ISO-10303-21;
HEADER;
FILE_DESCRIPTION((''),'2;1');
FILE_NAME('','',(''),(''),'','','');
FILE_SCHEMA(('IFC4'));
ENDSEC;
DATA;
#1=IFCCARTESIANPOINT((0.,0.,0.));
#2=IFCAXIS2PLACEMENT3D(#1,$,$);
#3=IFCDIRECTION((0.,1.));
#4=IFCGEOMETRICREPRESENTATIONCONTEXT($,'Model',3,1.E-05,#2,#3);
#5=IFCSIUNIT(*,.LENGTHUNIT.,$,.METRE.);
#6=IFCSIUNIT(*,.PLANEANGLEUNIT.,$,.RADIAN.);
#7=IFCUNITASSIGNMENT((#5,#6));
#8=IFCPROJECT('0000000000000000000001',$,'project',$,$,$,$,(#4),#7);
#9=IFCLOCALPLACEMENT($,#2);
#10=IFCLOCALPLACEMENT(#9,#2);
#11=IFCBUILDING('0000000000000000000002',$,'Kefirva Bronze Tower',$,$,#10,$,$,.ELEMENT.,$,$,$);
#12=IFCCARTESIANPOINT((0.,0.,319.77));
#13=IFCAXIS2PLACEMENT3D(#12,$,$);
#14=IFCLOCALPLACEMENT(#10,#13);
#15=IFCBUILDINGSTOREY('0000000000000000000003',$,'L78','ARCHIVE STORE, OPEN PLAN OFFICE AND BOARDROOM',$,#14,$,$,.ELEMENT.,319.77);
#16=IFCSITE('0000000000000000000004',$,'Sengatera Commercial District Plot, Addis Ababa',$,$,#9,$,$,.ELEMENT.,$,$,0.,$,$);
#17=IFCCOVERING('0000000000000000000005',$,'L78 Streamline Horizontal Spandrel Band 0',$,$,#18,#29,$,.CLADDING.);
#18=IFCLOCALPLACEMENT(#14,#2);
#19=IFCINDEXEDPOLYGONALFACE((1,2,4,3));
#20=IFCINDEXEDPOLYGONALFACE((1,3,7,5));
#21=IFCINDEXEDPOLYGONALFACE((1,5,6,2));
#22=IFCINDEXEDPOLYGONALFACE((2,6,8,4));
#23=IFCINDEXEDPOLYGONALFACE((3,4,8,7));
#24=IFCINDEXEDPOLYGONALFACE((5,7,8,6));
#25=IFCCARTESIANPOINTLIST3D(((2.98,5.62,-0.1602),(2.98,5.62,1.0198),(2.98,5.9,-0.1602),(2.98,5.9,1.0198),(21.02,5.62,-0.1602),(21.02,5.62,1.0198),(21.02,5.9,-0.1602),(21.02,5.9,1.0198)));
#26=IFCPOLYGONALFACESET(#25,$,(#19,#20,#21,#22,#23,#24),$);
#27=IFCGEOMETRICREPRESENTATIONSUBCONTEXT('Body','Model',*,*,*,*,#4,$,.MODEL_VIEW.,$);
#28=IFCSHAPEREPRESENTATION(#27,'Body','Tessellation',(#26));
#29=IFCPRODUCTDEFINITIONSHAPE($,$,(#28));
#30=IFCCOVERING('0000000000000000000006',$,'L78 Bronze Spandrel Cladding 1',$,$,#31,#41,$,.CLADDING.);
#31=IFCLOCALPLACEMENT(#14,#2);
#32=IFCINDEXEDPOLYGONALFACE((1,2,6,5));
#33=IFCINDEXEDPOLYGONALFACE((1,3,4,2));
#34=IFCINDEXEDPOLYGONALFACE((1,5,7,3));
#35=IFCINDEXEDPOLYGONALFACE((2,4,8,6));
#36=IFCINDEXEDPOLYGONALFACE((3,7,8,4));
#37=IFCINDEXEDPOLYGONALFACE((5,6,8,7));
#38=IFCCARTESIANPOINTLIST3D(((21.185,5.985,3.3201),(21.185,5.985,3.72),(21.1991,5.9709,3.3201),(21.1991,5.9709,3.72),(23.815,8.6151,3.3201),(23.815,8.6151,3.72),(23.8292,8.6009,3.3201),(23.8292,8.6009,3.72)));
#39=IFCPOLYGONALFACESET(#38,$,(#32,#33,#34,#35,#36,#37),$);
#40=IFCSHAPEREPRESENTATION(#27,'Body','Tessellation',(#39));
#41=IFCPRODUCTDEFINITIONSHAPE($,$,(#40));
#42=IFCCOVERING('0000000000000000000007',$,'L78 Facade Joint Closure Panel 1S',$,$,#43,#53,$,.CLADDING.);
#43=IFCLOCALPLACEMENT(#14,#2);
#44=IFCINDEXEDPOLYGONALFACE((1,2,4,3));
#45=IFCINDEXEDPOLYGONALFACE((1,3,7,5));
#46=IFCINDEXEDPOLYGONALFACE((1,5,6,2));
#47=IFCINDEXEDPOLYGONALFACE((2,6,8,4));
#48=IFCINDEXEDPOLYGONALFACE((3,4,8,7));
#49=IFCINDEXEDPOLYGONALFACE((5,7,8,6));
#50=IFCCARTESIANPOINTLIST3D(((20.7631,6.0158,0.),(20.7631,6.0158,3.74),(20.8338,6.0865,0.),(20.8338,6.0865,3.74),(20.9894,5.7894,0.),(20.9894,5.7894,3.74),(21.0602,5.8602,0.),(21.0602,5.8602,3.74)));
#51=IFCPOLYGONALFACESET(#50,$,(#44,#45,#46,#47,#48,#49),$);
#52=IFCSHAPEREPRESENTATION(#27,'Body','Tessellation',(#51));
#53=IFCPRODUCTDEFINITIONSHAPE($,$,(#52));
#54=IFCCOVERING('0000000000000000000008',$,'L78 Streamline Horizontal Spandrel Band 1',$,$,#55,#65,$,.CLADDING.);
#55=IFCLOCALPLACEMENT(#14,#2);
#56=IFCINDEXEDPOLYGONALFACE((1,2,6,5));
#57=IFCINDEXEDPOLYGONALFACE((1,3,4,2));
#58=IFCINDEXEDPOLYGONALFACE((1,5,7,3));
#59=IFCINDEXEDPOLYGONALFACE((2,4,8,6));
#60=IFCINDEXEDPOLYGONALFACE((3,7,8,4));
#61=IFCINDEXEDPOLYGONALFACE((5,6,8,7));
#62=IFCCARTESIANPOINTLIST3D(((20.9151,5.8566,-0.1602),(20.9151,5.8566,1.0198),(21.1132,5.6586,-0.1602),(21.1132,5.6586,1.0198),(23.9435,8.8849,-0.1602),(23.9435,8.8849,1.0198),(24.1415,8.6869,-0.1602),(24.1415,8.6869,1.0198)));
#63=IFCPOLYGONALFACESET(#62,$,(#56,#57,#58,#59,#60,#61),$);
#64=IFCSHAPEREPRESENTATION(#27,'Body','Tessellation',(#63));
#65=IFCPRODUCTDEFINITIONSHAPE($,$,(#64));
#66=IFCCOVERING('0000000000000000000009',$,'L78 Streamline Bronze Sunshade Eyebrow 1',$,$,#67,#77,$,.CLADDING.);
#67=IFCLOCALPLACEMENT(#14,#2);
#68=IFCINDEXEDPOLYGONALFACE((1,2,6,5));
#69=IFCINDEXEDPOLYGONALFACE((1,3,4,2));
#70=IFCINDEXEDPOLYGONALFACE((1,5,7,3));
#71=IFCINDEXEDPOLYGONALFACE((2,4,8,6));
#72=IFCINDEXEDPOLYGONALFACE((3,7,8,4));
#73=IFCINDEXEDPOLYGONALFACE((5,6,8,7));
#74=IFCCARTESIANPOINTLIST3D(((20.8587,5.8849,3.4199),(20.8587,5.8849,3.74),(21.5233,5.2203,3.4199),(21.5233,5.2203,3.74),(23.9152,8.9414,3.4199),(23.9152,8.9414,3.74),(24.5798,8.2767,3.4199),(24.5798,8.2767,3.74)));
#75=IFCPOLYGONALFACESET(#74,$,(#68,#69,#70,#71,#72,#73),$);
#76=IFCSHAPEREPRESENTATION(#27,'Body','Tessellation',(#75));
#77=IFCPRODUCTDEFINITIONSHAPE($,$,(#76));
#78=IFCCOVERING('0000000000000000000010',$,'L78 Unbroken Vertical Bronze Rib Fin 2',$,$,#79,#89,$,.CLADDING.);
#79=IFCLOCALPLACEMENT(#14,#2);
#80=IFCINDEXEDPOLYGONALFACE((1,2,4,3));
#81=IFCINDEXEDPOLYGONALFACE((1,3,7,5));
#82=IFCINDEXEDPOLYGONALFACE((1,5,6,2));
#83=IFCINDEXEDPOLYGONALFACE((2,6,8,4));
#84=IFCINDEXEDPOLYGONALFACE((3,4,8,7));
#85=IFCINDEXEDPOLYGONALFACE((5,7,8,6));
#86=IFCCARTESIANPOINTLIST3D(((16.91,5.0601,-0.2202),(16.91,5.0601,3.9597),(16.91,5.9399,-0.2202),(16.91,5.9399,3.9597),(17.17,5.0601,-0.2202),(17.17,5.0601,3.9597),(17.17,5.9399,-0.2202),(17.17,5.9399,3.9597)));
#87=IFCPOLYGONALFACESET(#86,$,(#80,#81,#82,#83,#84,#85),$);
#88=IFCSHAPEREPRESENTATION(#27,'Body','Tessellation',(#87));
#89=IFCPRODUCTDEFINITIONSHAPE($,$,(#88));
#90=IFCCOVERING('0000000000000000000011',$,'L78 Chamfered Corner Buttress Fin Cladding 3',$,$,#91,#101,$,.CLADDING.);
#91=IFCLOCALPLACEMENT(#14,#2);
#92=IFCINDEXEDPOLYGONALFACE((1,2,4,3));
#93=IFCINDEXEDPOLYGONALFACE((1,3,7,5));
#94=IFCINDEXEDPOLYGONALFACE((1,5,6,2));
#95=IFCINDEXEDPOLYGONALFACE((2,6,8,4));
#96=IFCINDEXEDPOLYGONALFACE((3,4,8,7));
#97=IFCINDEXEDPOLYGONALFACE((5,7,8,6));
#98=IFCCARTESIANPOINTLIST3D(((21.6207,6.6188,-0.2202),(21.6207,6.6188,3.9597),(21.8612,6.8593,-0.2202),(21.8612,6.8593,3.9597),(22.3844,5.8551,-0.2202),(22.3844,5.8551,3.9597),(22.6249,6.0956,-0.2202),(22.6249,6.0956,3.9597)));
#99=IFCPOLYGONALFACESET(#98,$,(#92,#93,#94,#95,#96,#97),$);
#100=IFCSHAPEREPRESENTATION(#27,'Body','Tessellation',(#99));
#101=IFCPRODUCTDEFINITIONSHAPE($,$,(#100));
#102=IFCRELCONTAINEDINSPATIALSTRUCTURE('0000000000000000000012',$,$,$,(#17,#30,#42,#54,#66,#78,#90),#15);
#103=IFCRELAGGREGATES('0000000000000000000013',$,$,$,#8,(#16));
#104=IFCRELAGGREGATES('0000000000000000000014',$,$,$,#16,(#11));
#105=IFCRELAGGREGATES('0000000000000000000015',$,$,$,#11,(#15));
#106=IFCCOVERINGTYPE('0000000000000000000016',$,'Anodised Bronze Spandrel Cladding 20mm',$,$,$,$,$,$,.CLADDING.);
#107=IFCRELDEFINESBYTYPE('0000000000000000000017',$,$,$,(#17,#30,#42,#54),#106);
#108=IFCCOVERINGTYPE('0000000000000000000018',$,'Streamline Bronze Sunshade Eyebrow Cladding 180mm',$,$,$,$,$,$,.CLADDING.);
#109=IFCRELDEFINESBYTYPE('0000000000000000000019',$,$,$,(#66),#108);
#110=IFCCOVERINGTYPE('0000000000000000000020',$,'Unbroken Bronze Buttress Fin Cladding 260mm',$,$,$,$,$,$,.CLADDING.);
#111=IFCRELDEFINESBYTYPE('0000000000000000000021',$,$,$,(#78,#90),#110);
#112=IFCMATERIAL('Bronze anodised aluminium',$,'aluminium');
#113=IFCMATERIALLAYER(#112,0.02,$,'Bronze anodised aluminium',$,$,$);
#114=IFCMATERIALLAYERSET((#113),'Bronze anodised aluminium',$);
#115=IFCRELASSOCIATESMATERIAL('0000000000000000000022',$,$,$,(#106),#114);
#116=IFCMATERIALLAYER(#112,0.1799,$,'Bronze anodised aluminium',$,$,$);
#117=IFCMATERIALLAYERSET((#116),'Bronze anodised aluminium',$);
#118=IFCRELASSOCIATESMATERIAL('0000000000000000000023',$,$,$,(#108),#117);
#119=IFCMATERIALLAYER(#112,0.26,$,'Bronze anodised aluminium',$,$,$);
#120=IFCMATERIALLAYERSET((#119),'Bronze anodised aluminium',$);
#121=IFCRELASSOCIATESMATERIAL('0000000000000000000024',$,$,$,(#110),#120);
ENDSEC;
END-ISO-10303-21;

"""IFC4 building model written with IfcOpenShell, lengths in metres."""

from ifc_helpers import new_model, si_unit, direction, frame, origin, origin_2d, place, context, subcontext, project, spatial, rectangle, extrude, material, layer, layer_set, type_object, element, save


model = new_model("IFC4")

# Units and contexts
model_context = context("Model", 3, precision=1e-05, world=origin(), true_north=direction((0.0, 1.0)))
body_context = subcontext(model_context, "Body", "Model", "MODEL_VIEW")
ifc_project = project(units=[si_unit("LENGTHUNIT", "METRE"), si_unit("PLANEANGLEUNIT", "RADIAN")], contexts=[model_context])

# Site, building, storey
site_placement = place(None, origin())
site = spatial("IfcSite", under=ifc_project, at=site_placement, Name="Sengatera Commercial District Plot, Addis Ababa", CompositionType="ELEMENT", RefElevation=0.0)
building_placement = place(site_placement, origin())
building = spatial("IfcBuilding", under=site, at=building_placement, Name="Kefirva Bronze Tower", CompositionType="ELEMENT")
storey_placement = place(building_placement, frame((0.0, 0.0, 319.77)))
storey = spatial("IfcBuildingStorey", under=building, at=storey_placement, Name="L78", Description="ARCHIVE STORE, OPEN PLAN OFFICE AND BOARDROOM", CompositionType="ELEMENT", Elevation=319.77)

# Shared definitions
ifc_material_1 = material(Name="Bronze anodised aluminium", Category="aluminium")

# Coverings
ifc_layer_1 = layer(ifc_material_1, 0.02, Name="Bronze anodised aluminium")
ifc_layer_set_1 = layer_set([ifc_layer_1], Name="Bronze anodised aluminium")
covering_type_1 = type_object("IfcCoveringType", Name="Anodised Bronze Spandrel Cladding 20mm", PredefinedType="CLADDING", material=ifc_layer_set_1)
covering_1_placement = place(storey_placement, frame((12.0, 5.76, -0.1602), z_axis=(0.0, 0.0, 1.0), x_axis=(1.0, 0.0, 0.0)))
element("IfcCovering", 1, at=covering_1_placement, inside=storey, type_object=covering_type_1, Name="L78 Streamline Horizontal Spandrel Band 0", PredefinedType="CLADDING", context=body_context, shape_type="SweptSolid", body=[
    extrude(rectangle(XDim=18.04, YDim=0.28, at=origin_2d()), origin(), (0.0, 0.0, 1.0), 1.1799),
])
covering_2_placement = place(storey_placement, frame((22.5071, 7.293, 3.3201), z_axis=(0.0, 0.0, 1.0), x_axis=(0.707107, 0.707107, 0.0)))
element("IfcCovering", 2, at=covering_2_placement, inside=storey, type_object=covering_type_1, Name="L78 Bronze Spandrel Cladding 1", PredefinedType="CLADDING", context=body_context, shape_type="SweptSolid", body=[
    extrude(rectangle(XDim=3.7195, YDim=0.02, at=origin_2d()), origin(), (0.0, 0.0, 1.0), 0.3999),
])
covering_3_placement = place(storey_placement, frame((20.9116, 5.938, 0.0), z_axis=(0.0, 0.0, 1.0), x_axis=(0.707107, 0.707107, 0.0)))
element("IfcCovering", 3, at=covering_3_placement, inside=storey, type_object=covering_type_1, Name="L78 Facade Joint Closure Panel 1S", PredefinedType="CLADDING", context=body_context, shape_type="SweptSolid", body=[
    extrude(rectangle(XDim=0.1001, YDim=0.3201, at=origin_2d()), origin(), (0.0, 0.0, 1.0), 3.74),
])
covering_4_placement = place(storey_placement, frame((22.5283, 7.2717, -0.1602), z_axis=(0.0, 0.0, 1.0), x_axis=(0.707107, 0.707107, 0.0)))
element("IfcCovering", 4, at=covering_4_placement, inside=storey, type_object=covering_type_1, Name="L78 Streamline Horizontal Spandrel Band 1", PredefinedType="CLADDING", context=body_context, shape_type="SweptSolid", body=[
    extrude(rectangle(XDim=4.2827, YDim=0.28, at=origin_2d()), origin(), (0.0, 0.0, 1.0), 1.1799),
])
ifc_layer_2 = layer(ifc_material_1, 0.1799, Name="Bronze anodised aluminium")
ifc_layer_set_2 = layer_set([ifc_layer_2], Name="Bronze anodised aluminium")
covering_type_2 = type_object("IfcCoveringType", Name="Streamline Bronze Sunshade Eyebrow Cladding 180mm", PredefinedType="CLADDING", material=ifc_layer_set_2)
covering_5_placement = place(storey_placement, frame((22.7192, 7.0808, 3.4199), z_axis=(0.0, 0.0, 1.0), x_axis=(0.707107, 0.707107, 0.0)))
element("IfcCovering", 5, at=covering_5_placement, inside=storey, type_object=covering_type_2, Name="L78 Streamline Bronze Sunshade Eyebrow 1", PredefinedType="CLADDING", context=body_context, shape_type="SweptSolid", body=[
    extrude(rectangle(XDim=4.3225, YDim=0.9399, at=origin_2d()), origin(), (0.0, 0.0, 1.0), 0.3201),
])
ifc_layer_3 = layer(ifc_material_1, 0.26, Name="Bronze anodised aluminium")
ifc_layer_set_3 = layer_set([ifc_layer_3], Name="Bronze anodised aluminium")
covering_type_3 = type_object("IfcCoveringType", Name="Unbroken Bronze Buttress Fin Cladding 260mm", PredefinedType="CLADDING", material=ifc_layer_set_3)
covering_6_placement = place(storey_placement, frame((17.04, 5.5, -0.2202), z_axis=(0.0, 0.0, 1.0), x_axis=(1.0, 0.0, 0.0)))
element("IfcCovering", 6, at=covering_6_placement, inside=storey, type_object=covering_type_3, Name="L78 Unbroken Vertical Bronze Rib Fin 2", PredefinedType="CLADDING", context=body_context, shape_type="SweptSolid", body=[
    extrude(rectangle(XDim=0.26, YDim=0.8799, at=origin_2d()), origin(), (0.0, 0.0, 1.0), 4.1799),
])
covering_7_placement = place(storey_placement, frame((22.1228, 6.3572, -0.2202), z_axis=(0.0, 0.0, 1.0), x_axis=(0.707107, 0.707107, 0.0)))
element("IfcCovering", 7, at=covering_7_placement, inside=storey, type_object=covering_type_3, Name="L78 Chamfered Corner Buttress Fin Cladding 3", PredefinedType="CLADDING", context=body_context, shape_type="SweptSolid", body=[
    extrude(rectangle(XDim=0.3401, YDim=1.0801, at=origin_2d()), origin(), (0.0, 0.0, 1.0), 4.1799),
])

save(model, "model.ifc")
